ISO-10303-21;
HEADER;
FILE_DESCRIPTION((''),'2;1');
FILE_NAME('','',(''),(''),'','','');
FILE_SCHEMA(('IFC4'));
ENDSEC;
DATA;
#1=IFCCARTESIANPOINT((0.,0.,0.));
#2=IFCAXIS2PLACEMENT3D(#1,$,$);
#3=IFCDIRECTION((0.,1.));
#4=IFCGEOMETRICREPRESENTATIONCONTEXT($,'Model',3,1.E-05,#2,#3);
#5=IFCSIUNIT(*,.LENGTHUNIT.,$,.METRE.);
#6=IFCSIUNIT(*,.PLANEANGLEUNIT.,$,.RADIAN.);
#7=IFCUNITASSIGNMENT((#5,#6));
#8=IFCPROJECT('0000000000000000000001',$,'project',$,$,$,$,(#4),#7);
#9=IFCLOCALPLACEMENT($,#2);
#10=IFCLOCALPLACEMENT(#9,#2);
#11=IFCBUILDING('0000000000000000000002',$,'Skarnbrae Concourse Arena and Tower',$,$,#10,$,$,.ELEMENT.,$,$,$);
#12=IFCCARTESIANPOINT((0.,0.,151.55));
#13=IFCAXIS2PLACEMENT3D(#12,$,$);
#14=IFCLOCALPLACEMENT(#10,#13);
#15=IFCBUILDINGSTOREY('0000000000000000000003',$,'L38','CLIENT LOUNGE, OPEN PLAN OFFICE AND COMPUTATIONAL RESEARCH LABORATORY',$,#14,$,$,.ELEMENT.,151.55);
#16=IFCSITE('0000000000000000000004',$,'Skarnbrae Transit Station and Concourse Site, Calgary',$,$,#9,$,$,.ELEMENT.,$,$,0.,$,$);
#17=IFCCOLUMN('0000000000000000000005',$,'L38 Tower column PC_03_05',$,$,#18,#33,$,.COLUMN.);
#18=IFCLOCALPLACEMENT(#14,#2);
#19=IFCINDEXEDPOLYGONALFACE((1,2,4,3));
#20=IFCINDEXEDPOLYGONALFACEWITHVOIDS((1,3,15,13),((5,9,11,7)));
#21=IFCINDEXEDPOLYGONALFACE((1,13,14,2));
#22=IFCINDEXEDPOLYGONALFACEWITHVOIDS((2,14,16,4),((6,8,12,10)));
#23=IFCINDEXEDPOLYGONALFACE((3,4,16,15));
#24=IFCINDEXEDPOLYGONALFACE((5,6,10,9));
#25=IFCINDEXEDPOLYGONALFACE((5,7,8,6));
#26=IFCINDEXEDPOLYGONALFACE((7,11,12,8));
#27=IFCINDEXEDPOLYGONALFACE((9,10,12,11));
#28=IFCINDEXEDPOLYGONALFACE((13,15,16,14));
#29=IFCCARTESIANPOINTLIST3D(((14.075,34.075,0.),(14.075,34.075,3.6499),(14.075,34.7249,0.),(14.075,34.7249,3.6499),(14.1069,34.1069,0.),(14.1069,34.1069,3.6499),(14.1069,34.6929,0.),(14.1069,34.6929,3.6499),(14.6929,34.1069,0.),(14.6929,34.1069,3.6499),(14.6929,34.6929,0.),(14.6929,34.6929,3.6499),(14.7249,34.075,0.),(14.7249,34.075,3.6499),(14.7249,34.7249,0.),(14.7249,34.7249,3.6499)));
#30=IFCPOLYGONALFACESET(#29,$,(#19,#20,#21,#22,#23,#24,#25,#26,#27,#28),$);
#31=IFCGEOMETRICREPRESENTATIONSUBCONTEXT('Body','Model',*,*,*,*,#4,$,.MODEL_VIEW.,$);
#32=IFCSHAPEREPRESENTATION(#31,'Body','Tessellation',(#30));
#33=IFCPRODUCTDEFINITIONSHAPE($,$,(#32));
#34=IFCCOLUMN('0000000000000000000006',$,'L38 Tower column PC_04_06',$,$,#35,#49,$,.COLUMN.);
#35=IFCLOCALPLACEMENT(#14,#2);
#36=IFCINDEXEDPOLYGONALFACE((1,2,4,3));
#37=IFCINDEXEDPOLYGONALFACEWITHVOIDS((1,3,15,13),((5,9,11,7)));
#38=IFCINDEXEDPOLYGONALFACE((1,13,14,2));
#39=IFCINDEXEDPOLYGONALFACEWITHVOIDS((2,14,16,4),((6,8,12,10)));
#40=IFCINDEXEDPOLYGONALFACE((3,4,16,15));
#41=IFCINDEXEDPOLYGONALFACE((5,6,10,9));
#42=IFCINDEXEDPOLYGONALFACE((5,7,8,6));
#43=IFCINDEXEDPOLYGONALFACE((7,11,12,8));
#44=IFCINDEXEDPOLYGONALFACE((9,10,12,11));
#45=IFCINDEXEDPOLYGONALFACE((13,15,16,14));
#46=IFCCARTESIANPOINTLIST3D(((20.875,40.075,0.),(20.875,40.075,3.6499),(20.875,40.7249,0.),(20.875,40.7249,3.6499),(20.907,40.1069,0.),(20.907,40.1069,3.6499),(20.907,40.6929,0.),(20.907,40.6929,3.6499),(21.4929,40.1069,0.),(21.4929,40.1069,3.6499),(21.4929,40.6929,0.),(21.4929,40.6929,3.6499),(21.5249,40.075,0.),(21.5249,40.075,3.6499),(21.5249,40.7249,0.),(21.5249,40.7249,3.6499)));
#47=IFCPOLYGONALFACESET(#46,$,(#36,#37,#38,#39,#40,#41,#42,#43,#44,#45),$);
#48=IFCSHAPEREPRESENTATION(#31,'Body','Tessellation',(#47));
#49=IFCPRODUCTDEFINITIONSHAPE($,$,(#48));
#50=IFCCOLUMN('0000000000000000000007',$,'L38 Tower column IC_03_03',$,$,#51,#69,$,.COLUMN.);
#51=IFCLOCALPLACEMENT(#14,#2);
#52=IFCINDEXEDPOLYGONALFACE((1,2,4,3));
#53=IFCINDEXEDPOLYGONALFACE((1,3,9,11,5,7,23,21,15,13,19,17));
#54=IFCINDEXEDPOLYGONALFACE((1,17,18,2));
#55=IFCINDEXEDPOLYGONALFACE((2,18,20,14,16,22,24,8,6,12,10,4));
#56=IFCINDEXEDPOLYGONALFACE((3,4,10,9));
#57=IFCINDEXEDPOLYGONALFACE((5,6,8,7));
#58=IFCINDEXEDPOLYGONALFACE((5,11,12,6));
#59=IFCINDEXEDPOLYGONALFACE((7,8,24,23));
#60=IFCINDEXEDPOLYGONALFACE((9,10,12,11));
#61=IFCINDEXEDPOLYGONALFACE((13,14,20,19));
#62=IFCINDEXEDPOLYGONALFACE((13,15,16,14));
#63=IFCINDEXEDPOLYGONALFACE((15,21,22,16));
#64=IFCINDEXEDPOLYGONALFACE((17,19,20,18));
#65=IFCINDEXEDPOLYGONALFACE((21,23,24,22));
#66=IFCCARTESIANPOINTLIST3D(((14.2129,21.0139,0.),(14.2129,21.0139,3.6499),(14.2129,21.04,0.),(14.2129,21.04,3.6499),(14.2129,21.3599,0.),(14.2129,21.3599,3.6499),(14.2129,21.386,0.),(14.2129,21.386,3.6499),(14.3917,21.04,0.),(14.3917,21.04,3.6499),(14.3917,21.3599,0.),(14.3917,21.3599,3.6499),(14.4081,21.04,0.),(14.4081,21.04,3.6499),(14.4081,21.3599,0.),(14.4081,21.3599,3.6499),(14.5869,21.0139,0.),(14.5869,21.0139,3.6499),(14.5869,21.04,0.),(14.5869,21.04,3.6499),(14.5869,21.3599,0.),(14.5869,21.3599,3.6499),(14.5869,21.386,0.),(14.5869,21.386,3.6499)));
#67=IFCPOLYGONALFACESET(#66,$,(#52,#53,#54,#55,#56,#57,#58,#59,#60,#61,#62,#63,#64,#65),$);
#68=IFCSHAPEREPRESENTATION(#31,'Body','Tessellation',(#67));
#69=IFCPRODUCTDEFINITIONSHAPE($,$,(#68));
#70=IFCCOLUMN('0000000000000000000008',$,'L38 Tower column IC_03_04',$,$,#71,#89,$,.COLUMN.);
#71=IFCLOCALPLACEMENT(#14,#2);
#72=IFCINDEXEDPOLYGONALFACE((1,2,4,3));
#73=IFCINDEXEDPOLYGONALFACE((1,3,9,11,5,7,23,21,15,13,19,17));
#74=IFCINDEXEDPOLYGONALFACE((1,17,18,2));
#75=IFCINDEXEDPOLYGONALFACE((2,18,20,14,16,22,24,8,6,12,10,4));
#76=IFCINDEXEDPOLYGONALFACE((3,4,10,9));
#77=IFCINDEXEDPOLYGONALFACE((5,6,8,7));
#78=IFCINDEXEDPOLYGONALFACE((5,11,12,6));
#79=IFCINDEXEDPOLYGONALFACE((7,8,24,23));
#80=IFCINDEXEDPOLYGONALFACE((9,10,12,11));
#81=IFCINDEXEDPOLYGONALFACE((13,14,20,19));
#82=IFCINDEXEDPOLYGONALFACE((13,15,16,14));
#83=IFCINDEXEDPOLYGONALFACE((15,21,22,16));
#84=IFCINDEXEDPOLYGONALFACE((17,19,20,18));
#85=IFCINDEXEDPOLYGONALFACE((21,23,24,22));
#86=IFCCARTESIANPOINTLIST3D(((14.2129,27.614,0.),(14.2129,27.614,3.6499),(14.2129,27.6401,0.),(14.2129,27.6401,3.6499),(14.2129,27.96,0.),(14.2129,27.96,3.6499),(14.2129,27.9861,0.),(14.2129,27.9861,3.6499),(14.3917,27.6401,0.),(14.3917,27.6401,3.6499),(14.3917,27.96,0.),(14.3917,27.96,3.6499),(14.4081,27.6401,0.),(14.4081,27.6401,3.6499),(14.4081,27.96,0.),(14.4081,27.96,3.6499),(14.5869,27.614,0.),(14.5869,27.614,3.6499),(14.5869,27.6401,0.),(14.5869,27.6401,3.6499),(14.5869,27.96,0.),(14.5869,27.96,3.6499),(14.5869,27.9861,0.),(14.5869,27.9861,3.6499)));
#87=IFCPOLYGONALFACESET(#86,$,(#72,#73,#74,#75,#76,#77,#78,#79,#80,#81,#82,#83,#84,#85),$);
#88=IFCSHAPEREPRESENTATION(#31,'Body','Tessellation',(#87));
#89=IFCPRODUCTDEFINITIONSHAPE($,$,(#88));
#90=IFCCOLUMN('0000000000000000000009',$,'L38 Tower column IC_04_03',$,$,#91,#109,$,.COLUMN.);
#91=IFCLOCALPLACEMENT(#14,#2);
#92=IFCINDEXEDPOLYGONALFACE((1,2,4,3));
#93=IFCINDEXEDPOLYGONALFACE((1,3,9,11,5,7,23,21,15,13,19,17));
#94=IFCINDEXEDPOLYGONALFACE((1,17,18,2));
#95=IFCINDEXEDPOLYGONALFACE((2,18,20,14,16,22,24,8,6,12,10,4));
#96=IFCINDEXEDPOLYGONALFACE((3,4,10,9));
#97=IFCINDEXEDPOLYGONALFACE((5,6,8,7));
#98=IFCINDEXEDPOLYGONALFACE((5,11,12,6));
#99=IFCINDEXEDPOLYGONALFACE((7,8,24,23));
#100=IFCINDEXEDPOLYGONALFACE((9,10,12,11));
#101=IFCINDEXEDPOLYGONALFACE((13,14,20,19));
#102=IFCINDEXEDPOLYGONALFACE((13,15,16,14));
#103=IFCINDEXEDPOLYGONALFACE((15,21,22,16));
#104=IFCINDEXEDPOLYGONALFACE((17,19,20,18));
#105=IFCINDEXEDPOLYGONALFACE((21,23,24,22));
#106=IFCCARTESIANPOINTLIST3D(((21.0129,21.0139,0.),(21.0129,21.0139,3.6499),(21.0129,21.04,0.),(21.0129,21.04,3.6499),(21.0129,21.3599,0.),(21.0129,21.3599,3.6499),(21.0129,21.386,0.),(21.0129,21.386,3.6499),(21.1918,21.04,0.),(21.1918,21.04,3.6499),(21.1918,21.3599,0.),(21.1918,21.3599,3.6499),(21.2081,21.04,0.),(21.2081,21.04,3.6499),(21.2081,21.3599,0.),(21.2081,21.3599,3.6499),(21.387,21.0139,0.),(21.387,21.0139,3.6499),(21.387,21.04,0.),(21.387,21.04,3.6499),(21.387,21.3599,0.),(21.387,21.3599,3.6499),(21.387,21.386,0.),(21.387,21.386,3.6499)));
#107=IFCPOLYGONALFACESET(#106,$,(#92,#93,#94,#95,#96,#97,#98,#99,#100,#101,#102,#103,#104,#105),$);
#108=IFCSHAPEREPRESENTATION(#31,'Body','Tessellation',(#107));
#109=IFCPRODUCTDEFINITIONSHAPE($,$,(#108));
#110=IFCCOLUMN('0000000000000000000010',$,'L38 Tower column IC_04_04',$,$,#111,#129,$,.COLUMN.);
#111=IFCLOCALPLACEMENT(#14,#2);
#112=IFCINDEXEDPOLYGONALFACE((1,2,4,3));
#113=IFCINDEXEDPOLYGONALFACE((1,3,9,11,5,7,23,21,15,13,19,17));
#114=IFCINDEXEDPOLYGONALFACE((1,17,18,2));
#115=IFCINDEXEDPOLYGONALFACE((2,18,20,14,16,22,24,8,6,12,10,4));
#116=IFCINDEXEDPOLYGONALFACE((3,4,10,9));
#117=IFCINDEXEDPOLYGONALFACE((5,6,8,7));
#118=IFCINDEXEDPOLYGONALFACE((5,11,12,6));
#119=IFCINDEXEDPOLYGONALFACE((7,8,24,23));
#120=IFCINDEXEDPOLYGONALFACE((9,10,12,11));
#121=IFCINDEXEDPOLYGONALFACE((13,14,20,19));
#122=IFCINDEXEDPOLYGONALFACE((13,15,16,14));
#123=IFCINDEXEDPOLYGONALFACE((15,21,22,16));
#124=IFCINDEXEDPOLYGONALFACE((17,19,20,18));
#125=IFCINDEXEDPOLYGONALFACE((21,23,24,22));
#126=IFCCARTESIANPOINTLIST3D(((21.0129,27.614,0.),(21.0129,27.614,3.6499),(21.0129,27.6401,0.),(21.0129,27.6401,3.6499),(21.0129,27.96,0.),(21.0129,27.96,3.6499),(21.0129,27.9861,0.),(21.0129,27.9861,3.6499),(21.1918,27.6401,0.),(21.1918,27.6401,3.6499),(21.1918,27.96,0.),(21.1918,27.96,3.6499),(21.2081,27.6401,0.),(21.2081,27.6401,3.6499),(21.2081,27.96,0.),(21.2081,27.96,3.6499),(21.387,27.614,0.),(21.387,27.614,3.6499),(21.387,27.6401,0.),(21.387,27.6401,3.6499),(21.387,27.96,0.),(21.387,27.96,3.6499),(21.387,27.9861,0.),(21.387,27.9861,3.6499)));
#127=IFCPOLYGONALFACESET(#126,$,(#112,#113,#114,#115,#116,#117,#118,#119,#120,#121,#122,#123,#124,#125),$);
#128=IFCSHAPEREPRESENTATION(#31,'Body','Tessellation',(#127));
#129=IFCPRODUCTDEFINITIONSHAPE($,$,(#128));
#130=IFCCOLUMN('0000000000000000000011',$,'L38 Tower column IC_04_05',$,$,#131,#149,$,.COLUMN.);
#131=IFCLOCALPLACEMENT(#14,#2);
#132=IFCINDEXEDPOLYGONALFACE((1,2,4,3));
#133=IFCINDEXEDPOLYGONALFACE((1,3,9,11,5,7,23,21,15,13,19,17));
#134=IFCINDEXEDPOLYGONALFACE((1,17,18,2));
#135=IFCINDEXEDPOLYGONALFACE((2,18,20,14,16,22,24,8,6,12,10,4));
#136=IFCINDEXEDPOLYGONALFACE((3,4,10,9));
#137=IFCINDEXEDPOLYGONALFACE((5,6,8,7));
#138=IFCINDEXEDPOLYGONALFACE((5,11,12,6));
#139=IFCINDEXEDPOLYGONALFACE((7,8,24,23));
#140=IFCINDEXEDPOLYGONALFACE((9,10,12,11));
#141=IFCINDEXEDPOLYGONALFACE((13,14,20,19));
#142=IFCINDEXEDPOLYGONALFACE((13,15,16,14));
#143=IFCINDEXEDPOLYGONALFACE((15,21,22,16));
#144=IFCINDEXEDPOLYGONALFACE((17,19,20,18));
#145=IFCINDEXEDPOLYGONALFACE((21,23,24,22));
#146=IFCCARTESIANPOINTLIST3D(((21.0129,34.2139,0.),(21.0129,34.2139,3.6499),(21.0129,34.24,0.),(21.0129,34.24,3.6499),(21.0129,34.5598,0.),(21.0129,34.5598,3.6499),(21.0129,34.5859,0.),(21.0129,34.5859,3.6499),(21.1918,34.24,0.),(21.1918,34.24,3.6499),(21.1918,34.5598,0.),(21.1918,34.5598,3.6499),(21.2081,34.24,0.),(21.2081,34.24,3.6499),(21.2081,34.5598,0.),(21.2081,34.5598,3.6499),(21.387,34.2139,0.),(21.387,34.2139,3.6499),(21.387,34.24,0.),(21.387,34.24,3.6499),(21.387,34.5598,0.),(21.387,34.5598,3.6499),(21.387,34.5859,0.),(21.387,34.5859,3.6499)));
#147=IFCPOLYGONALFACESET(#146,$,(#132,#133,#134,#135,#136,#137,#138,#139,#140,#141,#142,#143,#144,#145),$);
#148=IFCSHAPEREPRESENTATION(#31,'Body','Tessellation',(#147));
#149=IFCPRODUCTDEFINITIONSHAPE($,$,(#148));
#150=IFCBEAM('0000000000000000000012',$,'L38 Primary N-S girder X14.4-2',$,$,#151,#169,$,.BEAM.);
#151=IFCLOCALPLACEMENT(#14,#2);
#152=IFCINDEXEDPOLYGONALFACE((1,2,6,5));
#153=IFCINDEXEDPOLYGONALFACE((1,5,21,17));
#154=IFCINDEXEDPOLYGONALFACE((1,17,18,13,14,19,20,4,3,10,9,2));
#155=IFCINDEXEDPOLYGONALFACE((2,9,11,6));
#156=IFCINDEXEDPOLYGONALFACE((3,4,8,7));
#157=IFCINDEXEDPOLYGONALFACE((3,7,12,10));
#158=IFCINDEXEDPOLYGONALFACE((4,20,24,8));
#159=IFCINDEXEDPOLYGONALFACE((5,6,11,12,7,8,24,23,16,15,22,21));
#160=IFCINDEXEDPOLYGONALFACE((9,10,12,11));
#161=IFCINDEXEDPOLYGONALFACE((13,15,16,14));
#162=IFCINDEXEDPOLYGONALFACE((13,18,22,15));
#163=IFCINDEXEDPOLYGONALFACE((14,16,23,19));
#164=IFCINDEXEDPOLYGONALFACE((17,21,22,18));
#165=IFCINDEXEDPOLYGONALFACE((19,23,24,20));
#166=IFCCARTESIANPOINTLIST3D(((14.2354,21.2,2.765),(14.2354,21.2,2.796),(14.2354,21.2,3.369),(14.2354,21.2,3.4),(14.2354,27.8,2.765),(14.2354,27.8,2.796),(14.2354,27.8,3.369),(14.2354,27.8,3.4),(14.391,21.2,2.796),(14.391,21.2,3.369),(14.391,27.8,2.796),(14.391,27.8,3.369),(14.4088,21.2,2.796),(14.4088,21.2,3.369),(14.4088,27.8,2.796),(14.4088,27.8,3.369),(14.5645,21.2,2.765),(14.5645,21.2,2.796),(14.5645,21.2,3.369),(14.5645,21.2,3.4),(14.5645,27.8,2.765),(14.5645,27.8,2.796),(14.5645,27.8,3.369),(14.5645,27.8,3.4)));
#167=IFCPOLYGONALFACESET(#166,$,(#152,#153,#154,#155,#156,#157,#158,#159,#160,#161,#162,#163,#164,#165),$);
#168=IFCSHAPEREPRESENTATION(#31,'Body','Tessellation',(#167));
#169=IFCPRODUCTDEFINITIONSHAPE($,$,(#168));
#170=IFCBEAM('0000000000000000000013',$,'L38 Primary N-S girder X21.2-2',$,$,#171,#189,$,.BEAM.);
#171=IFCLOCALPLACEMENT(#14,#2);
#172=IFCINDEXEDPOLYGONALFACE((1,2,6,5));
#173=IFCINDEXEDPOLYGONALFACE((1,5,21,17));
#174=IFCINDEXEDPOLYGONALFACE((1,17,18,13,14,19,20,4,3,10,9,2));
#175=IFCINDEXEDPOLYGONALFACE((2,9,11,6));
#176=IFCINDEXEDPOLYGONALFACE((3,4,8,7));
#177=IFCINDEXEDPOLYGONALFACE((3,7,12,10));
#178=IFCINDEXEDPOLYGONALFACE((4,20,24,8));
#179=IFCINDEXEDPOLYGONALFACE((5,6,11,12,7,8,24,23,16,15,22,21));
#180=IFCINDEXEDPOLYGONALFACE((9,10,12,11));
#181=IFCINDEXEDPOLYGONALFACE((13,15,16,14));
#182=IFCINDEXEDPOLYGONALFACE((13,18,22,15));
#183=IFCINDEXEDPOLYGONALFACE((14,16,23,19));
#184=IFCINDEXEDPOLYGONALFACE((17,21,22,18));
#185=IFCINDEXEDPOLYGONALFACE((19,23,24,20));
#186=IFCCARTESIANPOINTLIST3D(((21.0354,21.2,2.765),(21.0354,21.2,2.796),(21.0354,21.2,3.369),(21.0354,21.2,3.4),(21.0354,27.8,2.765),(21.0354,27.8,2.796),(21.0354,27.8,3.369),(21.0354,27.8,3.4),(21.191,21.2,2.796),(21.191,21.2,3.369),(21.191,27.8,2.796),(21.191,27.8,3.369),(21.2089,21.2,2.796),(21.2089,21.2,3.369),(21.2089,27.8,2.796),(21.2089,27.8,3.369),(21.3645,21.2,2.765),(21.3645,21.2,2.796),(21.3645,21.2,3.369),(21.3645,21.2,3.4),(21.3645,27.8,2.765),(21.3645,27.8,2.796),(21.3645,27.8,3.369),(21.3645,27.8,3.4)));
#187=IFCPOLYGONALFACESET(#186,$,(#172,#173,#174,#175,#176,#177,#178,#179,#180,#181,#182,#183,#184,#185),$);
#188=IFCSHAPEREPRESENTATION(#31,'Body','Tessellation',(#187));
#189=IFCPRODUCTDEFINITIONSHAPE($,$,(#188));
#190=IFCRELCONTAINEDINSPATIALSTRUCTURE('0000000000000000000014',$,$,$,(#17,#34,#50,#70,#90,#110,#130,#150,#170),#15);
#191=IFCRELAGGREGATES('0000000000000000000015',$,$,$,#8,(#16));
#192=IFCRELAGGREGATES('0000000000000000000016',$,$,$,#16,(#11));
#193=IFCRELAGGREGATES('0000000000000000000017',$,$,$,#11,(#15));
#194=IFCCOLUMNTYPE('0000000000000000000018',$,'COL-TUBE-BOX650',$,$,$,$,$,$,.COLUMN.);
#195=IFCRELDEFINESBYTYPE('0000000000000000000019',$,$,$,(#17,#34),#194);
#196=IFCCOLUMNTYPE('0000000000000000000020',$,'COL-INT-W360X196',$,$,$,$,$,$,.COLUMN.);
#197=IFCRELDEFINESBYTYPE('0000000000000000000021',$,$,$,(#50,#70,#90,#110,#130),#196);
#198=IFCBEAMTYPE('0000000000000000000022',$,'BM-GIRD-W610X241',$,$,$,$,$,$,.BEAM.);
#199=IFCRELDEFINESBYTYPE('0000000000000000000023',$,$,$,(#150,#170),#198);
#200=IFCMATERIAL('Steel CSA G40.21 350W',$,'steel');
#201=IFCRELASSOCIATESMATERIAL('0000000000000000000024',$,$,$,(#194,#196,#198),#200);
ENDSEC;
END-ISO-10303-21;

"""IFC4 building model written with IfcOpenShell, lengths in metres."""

from ifc_helpers import new_model, si_unit, direction, frame, origin, origin_2d, place, context, subcontext, project, spatial, hollow_rectangle, i_section, extrude, source, transform, mapped, material, material_profile, profile_set, type_object, element, save


model = new_model("IFC4")

# Units and contexts
model_context = context("Model", 3, precision=1e-05, world=origin(), true_north=direction((0.0, 1.0)))
body_context = subcontext(model_context, "Body", "Model", "MODEL_VIEW")
ifc_project = project(units=[si_unit("LENGTHUNIT", "METRE"), si_unit("PLANEANGLEUNIT", "RADIAN")], contexts=[model_context])

# Site, building, storey
site_placement = place(None, origin())
site = spatial("IfcSite", under=ifc_project, at=site_placement, Name="Skarnbrae Transit Station and Concourse Site, Calgary", CompositionType="ELEMENT", RefElevation=0.0)
building_placement = place(site_placement, origin())
building = spatial("IfcBuilding", under=site, at=building_placement, Name="Skarnbrae Concourse Arena and Tower", CompositionType="ELEMENT")
storey_placement = place(building_placement, frame((0.0, 0.0, 151.55)))
storey = spatial("IfcBuildingStorey", under=building, at=storey_placement, Name="L38", Description="CLIENT LOUNGE, OPEN PLAN OFFICE AND COMPUTATIONAL RESEARCH LABORATORY", CompositionType="ELEMENT", Elevation=151.55)

# Columns
ifc_material_1 = material(Name="Steel CSA G40.21 350W", Category="steel")
ifc_material_profile_1 = material_profile(ifc_material_1, hollow_rectangle(XDim=0.6499, YDim=0.6499, WallThickness=0.032, at=origin_2d()), Name="BOX650X650X32")
ifc_profile_set_1 = profile_set([ifc_material_profile_1], Name="Steel CSA G40.21 350W")
column_type_1 = type_object("IfcColumnType", Name="COL-TUBE-BOX650", PredefinedType="COLUMN", material=ifc_profile_set_1)
shared_shape_1 = source(origin(), body_context, "Body", "SweptSolid", [
    extrude(hollow_rectangle(XDim=0.6499, YDim=0.6499, WallThickness=0.032, at=origin_2d()), origin(), (0.0, 0.0, 1.0), 3.6499),
])
for number, where, z_axis, x_axis, name in (
    (1, (14.3999, 34.3999, 0.0), (0.0, 0.0, 1.0), (1.0, 0.0, 0.0), "L38 Tower column PC_03_05"),
    (2, (21.2, 40.3999, 0.0), (0.0, 0.0, 1.0), (1.0, 0.0, 0.0), "L38 Tower column PC_04_06"),
):
    element("IfcColumn", number, at=place(storey_placement, frame(where, z_axis=z_axis, x_axis=x_axis)), inside=storey, type_object=column_type_1, Name=name, PredefinedType="COLUMN", context=body_context, shape_type="MappedRepresentation", body=[
        mapped(shared_shape_1, transform((0.0, 0.0, 0.0))),
    ])
ifc_material_profile_2 = material_profile(ifc_material_1, i_section(OverallWidth=0.374, OverallDepth=0.3721, WebThickness=0.0164, FlangeThickness=0.0261, at=origin_2d()), Name="W360X196")
ifc_profile_set_2 = profile_set([ifc_material_profile_2], Name="Steel CSA G40.21 350W")
column_type_2 = type_object("IfcColumnType", Name="COL-INT-W360X196", PredefinedType="COLUMN", material=ifc_profile_set_2)
shared_shape_2 = source(origin(), body_context, "Body", "SweptSolid", [
    extrude(i_section(OverallWidth=0.374, OverallDepth=0.3721, WebThickness=0.0164, FlangeThickness=0.0261, at=origin_2d()), origin(), (0.0, 0.0, 1.0), 3.6499),
])
for number, where, z_axis, x_axis, name in (
    (3, (14.3999, 21.2, 0.0), (0.0, 0.0, 1.0), (1.0, 0.0, 0.0), "L38 Tower column IC_03_03"),
    (4, (14.3999, 27.8, 0.0), (0.0, 0.0, 1.0), (1.0, 0.0, 0.0), "L38 Tower column IC_03_04"),
    (5, (21.2, 21.2, 0.0), (0.0, 0.0, 1.0), (1.0, 0.0, 0.0), "L38 Tower column IC_04_03"),
    (6, (21.2, 27.8, 0.0), (0.0, 0.0, 1.0), (1.0, 0.0, 0.0), "L38 Tower column IC_04_04"),
    (7, (21.2, 34.3999, 0.0), (0.0, 0.0, 1.0), (1.0, 0.0, 0.0), "L38 Tower column IC_04_05"),
):
    element("IfcColumn", number, at=place(storey_placement, frame(where, z_axis=z_axis, x_axis=x_axis)), inside=storey, type_object=column_type_2, Name=name, PredefinedType="COLUMN", context=body_context, shape_type="MappedRepresentation", body=[
        mapped(shared_shape_2, transform((0.0, 0.0, 0.0))),
    ])

# Beams
ifc_material_profile_3 = material_profile(ifc_material_1, i_section(OverallWidth=0.3291, OverallDepth=0.635, WebThickness=0.0178, FlangeThickness=0.031, at=origin_2d()), Name="W610X241")
ifc_profile_set_3 = profile_set([ifc_material_profile_3], Name="Steel CSA G40.21 350W")
beam_type_1 = type_object("IfcBeamType", Name="BM-GIRD-W610X241", PredefinedType="BEAM", material=ifc_profile_set_3)
shared_shape_3 = source(origin(), body_context, "Body", "SweptSolid", [
    extrude(i_section(OverallWidth=0.3291, OverallDepth=0.635, WebThickness=0.0178, FlangeThickness=0.031, at=origin_2d()), origin(), (0.0, 0.0, 1.0), 6.6001),
])
for number, where, z_axis, x_axis, name in (
    (8, (14.3999, 21.2, 3.0825), (0.0, 1.0, 0.0), (-1.0, 0.0, 0.0), "L38 Primary N-S girder X14.4-2"),
    (9, (21.2, 21.2, 3.0825), (0.0, 1.0, 0.0), (-1.0, 0.0, 0.0), "L38 Primary N-S girder X21.2-2"),
):
    element("IfcBeam", number, at=place(storey_placement, frame(where, z_axis=z_axis, x_axis=x_axis)), inside=storey, type_object=beam_type_1, Name=name, PredefinedType="BEAM", context=body_context, shape_type="MappedRepresentation", body=[
        mapped(shared_shape_3, transform((0.0, 0.0, 0.0))),
    ])

save(model, "model.ifc")
